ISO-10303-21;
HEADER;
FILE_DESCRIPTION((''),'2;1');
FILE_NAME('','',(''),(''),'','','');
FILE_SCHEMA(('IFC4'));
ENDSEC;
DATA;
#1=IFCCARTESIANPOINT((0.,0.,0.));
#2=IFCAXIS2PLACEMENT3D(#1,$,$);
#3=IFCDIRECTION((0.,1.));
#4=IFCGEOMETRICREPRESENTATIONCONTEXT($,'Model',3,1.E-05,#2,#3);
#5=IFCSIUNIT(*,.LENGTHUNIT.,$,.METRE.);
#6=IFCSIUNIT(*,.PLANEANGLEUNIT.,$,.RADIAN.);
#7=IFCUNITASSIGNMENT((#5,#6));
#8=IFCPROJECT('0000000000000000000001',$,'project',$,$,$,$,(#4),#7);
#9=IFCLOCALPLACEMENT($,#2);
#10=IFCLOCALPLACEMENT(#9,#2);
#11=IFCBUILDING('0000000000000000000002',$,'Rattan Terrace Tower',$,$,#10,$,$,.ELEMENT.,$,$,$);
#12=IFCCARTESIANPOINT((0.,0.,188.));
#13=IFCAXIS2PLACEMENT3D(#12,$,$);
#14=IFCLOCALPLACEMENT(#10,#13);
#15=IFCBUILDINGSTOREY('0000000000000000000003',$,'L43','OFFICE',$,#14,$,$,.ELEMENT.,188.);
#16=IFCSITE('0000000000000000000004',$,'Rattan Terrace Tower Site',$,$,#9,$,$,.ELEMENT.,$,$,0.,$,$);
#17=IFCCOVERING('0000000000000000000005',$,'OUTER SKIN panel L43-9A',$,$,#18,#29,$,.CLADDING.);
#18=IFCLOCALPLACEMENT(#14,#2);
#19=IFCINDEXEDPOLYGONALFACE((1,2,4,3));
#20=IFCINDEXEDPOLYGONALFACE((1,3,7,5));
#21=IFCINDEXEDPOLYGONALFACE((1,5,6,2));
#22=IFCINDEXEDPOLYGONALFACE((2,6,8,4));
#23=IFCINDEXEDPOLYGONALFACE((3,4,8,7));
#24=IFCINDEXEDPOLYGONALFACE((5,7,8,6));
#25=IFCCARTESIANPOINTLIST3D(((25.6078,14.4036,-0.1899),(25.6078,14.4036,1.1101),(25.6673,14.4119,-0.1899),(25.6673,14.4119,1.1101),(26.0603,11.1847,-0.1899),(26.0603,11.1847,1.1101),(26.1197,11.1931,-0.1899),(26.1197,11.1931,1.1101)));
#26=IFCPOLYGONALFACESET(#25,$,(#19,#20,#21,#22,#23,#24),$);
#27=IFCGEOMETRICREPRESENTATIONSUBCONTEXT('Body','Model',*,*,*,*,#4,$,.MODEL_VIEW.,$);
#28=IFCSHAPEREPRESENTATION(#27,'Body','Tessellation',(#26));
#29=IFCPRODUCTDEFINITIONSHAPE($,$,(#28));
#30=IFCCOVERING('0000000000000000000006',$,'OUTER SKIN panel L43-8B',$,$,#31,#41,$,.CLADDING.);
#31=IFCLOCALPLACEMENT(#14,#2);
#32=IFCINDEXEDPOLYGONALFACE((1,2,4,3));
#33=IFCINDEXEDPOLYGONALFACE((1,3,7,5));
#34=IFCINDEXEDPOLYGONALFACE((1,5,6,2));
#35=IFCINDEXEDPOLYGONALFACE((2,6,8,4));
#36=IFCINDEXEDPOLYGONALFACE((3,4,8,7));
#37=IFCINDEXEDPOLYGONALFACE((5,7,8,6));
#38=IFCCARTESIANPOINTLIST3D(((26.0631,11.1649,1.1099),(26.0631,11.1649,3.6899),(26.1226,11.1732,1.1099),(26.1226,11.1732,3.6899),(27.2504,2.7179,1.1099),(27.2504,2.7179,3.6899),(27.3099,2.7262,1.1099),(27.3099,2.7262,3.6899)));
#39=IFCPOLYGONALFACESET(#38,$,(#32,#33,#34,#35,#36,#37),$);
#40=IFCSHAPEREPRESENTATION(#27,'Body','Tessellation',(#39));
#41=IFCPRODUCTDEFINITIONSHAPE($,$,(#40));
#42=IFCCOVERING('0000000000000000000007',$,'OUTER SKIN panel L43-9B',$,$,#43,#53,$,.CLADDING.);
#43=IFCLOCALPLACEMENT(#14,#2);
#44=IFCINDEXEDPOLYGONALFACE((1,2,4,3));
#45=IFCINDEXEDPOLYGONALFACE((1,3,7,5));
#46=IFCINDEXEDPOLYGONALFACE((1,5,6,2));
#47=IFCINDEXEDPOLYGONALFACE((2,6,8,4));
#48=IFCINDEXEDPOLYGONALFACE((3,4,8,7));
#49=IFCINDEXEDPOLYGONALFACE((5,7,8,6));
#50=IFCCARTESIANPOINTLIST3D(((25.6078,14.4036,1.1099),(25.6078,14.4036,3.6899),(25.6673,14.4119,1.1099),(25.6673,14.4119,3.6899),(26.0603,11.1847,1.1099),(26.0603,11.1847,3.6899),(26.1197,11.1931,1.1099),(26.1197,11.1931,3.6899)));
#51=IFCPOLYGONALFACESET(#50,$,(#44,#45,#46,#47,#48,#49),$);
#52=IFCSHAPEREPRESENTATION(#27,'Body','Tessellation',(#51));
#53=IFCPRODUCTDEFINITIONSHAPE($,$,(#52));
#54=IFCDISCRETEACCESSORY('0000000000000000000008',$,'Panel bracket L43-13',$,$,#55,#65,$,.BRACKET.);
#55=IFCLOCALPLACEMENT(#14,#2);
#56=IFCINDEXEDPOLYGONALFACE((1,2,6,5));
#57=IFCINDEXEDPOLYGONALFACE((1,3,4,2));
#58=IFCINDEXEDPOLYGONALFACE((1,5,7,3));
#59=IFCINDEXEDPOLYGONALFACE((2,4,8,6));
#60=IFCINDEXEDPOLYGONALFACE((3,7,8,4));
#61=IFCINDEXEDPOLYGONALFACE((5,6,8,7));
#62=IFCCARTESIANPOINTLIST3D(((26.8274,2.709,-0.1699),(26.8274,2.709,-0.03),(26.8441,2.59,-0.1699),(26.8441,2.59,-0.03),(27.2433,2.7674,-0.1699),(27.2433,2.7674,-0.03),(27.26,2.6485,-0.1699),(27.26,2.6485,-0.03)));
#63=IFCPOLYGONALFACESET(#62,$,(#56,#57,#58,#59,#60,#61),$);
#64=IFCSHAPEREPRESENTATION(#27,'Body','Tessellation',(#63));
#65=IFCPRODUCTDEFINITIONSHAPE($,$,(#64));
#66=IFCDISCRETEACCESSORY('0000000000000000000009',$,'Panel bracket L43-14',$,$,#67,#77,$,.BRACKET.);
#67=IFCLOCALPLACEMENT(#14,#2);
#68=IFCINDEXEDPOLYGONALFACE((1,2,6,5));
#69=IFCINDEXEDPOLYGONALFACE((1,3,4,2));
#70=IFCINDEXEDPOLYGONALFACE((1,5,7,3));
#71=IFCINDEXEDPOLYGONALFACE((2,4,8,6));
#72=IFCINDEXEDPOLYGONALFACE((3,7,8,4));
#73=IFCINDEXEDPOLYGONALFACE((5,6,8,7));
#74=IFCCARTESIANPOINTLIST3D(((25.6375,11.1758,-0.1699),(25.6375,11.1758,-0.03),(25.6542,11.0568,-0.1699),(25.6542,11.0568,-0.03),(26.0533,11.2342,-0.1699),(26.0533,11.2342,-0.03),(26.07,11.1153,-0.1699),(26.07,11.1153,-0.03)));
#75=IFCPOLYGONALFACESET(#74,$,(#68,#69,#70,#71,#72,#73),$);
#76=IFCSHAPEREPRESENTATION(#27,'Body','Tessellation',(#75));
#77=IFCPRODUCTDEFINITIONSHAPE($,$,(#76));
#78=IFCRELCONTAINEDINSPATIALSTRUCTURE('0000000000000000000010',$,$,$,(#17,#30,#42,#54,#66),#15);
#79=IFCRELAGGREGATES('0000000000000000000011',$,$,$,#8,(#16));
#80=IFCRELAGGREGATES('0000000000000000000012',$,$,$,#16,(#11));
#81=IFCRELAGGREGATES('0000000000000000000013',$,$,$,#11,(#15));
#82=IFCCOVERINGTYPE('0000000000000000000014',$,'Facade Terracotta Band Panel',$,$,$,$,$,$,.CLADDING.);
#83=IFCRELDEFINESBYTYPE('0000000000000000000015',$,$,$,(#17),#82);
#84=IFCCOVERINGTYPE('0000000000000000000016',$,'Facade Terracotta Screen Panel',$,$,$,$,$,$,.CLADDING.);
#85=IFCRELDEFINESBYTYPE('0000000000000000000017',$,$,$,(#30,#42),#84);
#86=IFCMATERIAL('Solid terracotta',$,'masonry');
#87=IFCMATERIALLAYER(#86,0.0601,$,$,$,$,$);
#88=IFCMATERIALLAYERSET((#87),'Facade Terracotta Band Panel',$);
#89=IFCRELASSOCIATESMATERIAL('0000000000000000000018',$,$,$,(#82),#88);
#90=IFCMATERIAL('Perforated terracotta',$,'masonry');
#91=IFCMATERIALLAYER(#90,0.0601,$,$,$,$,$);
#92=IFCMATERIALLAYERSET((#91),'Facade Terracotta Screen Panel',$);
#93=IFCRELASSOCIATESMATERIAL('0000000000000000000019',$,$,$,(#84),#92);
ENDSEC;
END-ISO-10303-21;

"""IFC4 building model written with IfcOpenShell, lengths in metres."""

from ifc_helpers import new_model, si_unit, direction, frame, origin, origin_2d, place, context, subcontext, project, spatial, rectangle, extrude, material, layer, layer_set, type_object, element, save


model = new_model("IFC4")

# Units and contexts
model_context = context("Model", 3, precision=1e-05, world=origin(), true_north=direction((0.0, 1.0)))
body_context = subcontext(model_context, "Body", "Model", "MODEL_VIEW")
ifc_project = project(units=[si_unit("LENGTHUNIT", "METRE"), si_unit("PLANEANGLEUNIT", "RADIAN")], contexts=[model_context])

# Site, building, storey
site_placement = place(None, origin())
site = spatial("IfcSite", under=ifc_project, at=site_placement, Name="Rattan Terrace Tower Site", CompositionType="ELEMENT", RefElevation=0.0)
building_placement = place(site_placement, origin())
building = spatial("IfcBuilding", under=site, at=building_placement, Name="Rattan Terrace Tower", CompositionType="ELEMENT")
storey_placement = place(building_placement, frame((0.0, 0.0, 188.0)))
storey = spatial("IfcBuildingStorey", under=building, at=storey_placement, Name="L43", Description="OFFICE", CompositionType="ELEMENT", Elevation=188.0)

# Coverings
ifc_material_1 = material(Name="Solid terracotta", Category="masonry")
ifc_layer_1 = layer(ifc_material_1, 0.0601)
ifc_layer_set_1 = layer_set([ifc_layer_1], Name="Facade Terracotta Band Panel")
covering_type_1 = type_object("IfcCoveringType", Name="Facade Terracotta Band Panel", PredefinedType="CLADDING", material=ifc_layer_set_1)
covering_1_placement = place(storey_placement, frame((25.8638, 12.7983, -0.1899), z_axis=(0.0, 0.0, 1.0), x_axis=(-0.139191, 0.990266, 0.0)))
element("IfcCovering", 1, at=covering_1_placement, inside=storey, type_object=covering_type_1, Name="OUTER SKIN panel L43-9A", PredefinedType="CLADDING", context=body_context, shape_type="SweptSolid", body=[
    extrude(rectangle(XDim=3.2505, YDim=0.0601, at=origin_2d()), origin(), (0.0, 0.0, 1.0), 1.3),
])
ifc_material_2 = material(Name="Perforated terracotta", Category="masonry")
ifc_layer_2 = layer(ifc_material_2, 0.0601)
ifc_layer_set_2 = layer_set([ifc_layer_2], Name="Facade Terracotta Screen Panel")
covering_type_2 = type_object("IfcCoveringType", Name="Facade Terracotta Screen Panel", PredefinedType="CLADDING", material=ifc_layer_set_2)
covering_2_placement = place(storey_placement, frame((26.6865, 6.9456, 1.1099), z_axis=(0.0, 0.0, 1.0), x_axis=(-0.139191, 0.990266, 0.0)))
element("IfcCovering", 2, at=covering_2_placement, inside=storey, type_object=covering_type_2, Name="OUTER SKIN panel L43-8B", PredefinedType="CLADDING", context=body_context, shape_type="SweptSolid", body=[
    extrude(rectangle(XDim=8.53, YDim=0.0601, at=origin_2d()), origin(), (0.0, 0.0, 1.0), 2.5801),
])
covering_3_placement = place(storey_placement, frame((25.8638, 12.7983, 1.1099), z_axis=(0.0, 0.0, 1.0), x_axis=(-0.139191, 0.990266, 0.0)))
element("IfcCovering", 3, at=covering_3_placement, inside=storey, type_object=covering_type_2, Name="OUTER SKIN panel L43-9B", PredefinedType="CLADDING", context=body_context, shape_type="SweptSolid", body=[
    extrude(rectangle(XDim=3.2505, YDim=0.0601, at=origin_2d()), origin(), (0.0, 0.0, 1.0), 2.5801),
])

# Discrete accessories
for number, where, z_axis, x_axis, name in (
    (4, (27.0437, 2.6787, -0.1699), (0.0, 0.0, 1.0), (-0.139191, 0.990266, 0.0), "Panel bracket L43-13"),
    (5, (25.8538, 11.1455, -0.1699), (0.0, 0.0, 1.0), (-0.139191, 0.990266, 0.0), "Panel bracket L43-14"),
):
    element("IfcDiscreteAccessory", number, at=place(storey_placement, frame(where, z_axis=z_axis, x_axis=x_axis)), inside=storey, Name=name, PredefinedType="BRACKET", context=body_context, shape_type="SweptSolid", body=[
        extrude(rectangle(XDim=0.1201, YDim=0.4199, at=origin_2d()), origin(), (0.0, 0.0, 1.0), 0.1399),
    ])

save(model, "model.ifc")
